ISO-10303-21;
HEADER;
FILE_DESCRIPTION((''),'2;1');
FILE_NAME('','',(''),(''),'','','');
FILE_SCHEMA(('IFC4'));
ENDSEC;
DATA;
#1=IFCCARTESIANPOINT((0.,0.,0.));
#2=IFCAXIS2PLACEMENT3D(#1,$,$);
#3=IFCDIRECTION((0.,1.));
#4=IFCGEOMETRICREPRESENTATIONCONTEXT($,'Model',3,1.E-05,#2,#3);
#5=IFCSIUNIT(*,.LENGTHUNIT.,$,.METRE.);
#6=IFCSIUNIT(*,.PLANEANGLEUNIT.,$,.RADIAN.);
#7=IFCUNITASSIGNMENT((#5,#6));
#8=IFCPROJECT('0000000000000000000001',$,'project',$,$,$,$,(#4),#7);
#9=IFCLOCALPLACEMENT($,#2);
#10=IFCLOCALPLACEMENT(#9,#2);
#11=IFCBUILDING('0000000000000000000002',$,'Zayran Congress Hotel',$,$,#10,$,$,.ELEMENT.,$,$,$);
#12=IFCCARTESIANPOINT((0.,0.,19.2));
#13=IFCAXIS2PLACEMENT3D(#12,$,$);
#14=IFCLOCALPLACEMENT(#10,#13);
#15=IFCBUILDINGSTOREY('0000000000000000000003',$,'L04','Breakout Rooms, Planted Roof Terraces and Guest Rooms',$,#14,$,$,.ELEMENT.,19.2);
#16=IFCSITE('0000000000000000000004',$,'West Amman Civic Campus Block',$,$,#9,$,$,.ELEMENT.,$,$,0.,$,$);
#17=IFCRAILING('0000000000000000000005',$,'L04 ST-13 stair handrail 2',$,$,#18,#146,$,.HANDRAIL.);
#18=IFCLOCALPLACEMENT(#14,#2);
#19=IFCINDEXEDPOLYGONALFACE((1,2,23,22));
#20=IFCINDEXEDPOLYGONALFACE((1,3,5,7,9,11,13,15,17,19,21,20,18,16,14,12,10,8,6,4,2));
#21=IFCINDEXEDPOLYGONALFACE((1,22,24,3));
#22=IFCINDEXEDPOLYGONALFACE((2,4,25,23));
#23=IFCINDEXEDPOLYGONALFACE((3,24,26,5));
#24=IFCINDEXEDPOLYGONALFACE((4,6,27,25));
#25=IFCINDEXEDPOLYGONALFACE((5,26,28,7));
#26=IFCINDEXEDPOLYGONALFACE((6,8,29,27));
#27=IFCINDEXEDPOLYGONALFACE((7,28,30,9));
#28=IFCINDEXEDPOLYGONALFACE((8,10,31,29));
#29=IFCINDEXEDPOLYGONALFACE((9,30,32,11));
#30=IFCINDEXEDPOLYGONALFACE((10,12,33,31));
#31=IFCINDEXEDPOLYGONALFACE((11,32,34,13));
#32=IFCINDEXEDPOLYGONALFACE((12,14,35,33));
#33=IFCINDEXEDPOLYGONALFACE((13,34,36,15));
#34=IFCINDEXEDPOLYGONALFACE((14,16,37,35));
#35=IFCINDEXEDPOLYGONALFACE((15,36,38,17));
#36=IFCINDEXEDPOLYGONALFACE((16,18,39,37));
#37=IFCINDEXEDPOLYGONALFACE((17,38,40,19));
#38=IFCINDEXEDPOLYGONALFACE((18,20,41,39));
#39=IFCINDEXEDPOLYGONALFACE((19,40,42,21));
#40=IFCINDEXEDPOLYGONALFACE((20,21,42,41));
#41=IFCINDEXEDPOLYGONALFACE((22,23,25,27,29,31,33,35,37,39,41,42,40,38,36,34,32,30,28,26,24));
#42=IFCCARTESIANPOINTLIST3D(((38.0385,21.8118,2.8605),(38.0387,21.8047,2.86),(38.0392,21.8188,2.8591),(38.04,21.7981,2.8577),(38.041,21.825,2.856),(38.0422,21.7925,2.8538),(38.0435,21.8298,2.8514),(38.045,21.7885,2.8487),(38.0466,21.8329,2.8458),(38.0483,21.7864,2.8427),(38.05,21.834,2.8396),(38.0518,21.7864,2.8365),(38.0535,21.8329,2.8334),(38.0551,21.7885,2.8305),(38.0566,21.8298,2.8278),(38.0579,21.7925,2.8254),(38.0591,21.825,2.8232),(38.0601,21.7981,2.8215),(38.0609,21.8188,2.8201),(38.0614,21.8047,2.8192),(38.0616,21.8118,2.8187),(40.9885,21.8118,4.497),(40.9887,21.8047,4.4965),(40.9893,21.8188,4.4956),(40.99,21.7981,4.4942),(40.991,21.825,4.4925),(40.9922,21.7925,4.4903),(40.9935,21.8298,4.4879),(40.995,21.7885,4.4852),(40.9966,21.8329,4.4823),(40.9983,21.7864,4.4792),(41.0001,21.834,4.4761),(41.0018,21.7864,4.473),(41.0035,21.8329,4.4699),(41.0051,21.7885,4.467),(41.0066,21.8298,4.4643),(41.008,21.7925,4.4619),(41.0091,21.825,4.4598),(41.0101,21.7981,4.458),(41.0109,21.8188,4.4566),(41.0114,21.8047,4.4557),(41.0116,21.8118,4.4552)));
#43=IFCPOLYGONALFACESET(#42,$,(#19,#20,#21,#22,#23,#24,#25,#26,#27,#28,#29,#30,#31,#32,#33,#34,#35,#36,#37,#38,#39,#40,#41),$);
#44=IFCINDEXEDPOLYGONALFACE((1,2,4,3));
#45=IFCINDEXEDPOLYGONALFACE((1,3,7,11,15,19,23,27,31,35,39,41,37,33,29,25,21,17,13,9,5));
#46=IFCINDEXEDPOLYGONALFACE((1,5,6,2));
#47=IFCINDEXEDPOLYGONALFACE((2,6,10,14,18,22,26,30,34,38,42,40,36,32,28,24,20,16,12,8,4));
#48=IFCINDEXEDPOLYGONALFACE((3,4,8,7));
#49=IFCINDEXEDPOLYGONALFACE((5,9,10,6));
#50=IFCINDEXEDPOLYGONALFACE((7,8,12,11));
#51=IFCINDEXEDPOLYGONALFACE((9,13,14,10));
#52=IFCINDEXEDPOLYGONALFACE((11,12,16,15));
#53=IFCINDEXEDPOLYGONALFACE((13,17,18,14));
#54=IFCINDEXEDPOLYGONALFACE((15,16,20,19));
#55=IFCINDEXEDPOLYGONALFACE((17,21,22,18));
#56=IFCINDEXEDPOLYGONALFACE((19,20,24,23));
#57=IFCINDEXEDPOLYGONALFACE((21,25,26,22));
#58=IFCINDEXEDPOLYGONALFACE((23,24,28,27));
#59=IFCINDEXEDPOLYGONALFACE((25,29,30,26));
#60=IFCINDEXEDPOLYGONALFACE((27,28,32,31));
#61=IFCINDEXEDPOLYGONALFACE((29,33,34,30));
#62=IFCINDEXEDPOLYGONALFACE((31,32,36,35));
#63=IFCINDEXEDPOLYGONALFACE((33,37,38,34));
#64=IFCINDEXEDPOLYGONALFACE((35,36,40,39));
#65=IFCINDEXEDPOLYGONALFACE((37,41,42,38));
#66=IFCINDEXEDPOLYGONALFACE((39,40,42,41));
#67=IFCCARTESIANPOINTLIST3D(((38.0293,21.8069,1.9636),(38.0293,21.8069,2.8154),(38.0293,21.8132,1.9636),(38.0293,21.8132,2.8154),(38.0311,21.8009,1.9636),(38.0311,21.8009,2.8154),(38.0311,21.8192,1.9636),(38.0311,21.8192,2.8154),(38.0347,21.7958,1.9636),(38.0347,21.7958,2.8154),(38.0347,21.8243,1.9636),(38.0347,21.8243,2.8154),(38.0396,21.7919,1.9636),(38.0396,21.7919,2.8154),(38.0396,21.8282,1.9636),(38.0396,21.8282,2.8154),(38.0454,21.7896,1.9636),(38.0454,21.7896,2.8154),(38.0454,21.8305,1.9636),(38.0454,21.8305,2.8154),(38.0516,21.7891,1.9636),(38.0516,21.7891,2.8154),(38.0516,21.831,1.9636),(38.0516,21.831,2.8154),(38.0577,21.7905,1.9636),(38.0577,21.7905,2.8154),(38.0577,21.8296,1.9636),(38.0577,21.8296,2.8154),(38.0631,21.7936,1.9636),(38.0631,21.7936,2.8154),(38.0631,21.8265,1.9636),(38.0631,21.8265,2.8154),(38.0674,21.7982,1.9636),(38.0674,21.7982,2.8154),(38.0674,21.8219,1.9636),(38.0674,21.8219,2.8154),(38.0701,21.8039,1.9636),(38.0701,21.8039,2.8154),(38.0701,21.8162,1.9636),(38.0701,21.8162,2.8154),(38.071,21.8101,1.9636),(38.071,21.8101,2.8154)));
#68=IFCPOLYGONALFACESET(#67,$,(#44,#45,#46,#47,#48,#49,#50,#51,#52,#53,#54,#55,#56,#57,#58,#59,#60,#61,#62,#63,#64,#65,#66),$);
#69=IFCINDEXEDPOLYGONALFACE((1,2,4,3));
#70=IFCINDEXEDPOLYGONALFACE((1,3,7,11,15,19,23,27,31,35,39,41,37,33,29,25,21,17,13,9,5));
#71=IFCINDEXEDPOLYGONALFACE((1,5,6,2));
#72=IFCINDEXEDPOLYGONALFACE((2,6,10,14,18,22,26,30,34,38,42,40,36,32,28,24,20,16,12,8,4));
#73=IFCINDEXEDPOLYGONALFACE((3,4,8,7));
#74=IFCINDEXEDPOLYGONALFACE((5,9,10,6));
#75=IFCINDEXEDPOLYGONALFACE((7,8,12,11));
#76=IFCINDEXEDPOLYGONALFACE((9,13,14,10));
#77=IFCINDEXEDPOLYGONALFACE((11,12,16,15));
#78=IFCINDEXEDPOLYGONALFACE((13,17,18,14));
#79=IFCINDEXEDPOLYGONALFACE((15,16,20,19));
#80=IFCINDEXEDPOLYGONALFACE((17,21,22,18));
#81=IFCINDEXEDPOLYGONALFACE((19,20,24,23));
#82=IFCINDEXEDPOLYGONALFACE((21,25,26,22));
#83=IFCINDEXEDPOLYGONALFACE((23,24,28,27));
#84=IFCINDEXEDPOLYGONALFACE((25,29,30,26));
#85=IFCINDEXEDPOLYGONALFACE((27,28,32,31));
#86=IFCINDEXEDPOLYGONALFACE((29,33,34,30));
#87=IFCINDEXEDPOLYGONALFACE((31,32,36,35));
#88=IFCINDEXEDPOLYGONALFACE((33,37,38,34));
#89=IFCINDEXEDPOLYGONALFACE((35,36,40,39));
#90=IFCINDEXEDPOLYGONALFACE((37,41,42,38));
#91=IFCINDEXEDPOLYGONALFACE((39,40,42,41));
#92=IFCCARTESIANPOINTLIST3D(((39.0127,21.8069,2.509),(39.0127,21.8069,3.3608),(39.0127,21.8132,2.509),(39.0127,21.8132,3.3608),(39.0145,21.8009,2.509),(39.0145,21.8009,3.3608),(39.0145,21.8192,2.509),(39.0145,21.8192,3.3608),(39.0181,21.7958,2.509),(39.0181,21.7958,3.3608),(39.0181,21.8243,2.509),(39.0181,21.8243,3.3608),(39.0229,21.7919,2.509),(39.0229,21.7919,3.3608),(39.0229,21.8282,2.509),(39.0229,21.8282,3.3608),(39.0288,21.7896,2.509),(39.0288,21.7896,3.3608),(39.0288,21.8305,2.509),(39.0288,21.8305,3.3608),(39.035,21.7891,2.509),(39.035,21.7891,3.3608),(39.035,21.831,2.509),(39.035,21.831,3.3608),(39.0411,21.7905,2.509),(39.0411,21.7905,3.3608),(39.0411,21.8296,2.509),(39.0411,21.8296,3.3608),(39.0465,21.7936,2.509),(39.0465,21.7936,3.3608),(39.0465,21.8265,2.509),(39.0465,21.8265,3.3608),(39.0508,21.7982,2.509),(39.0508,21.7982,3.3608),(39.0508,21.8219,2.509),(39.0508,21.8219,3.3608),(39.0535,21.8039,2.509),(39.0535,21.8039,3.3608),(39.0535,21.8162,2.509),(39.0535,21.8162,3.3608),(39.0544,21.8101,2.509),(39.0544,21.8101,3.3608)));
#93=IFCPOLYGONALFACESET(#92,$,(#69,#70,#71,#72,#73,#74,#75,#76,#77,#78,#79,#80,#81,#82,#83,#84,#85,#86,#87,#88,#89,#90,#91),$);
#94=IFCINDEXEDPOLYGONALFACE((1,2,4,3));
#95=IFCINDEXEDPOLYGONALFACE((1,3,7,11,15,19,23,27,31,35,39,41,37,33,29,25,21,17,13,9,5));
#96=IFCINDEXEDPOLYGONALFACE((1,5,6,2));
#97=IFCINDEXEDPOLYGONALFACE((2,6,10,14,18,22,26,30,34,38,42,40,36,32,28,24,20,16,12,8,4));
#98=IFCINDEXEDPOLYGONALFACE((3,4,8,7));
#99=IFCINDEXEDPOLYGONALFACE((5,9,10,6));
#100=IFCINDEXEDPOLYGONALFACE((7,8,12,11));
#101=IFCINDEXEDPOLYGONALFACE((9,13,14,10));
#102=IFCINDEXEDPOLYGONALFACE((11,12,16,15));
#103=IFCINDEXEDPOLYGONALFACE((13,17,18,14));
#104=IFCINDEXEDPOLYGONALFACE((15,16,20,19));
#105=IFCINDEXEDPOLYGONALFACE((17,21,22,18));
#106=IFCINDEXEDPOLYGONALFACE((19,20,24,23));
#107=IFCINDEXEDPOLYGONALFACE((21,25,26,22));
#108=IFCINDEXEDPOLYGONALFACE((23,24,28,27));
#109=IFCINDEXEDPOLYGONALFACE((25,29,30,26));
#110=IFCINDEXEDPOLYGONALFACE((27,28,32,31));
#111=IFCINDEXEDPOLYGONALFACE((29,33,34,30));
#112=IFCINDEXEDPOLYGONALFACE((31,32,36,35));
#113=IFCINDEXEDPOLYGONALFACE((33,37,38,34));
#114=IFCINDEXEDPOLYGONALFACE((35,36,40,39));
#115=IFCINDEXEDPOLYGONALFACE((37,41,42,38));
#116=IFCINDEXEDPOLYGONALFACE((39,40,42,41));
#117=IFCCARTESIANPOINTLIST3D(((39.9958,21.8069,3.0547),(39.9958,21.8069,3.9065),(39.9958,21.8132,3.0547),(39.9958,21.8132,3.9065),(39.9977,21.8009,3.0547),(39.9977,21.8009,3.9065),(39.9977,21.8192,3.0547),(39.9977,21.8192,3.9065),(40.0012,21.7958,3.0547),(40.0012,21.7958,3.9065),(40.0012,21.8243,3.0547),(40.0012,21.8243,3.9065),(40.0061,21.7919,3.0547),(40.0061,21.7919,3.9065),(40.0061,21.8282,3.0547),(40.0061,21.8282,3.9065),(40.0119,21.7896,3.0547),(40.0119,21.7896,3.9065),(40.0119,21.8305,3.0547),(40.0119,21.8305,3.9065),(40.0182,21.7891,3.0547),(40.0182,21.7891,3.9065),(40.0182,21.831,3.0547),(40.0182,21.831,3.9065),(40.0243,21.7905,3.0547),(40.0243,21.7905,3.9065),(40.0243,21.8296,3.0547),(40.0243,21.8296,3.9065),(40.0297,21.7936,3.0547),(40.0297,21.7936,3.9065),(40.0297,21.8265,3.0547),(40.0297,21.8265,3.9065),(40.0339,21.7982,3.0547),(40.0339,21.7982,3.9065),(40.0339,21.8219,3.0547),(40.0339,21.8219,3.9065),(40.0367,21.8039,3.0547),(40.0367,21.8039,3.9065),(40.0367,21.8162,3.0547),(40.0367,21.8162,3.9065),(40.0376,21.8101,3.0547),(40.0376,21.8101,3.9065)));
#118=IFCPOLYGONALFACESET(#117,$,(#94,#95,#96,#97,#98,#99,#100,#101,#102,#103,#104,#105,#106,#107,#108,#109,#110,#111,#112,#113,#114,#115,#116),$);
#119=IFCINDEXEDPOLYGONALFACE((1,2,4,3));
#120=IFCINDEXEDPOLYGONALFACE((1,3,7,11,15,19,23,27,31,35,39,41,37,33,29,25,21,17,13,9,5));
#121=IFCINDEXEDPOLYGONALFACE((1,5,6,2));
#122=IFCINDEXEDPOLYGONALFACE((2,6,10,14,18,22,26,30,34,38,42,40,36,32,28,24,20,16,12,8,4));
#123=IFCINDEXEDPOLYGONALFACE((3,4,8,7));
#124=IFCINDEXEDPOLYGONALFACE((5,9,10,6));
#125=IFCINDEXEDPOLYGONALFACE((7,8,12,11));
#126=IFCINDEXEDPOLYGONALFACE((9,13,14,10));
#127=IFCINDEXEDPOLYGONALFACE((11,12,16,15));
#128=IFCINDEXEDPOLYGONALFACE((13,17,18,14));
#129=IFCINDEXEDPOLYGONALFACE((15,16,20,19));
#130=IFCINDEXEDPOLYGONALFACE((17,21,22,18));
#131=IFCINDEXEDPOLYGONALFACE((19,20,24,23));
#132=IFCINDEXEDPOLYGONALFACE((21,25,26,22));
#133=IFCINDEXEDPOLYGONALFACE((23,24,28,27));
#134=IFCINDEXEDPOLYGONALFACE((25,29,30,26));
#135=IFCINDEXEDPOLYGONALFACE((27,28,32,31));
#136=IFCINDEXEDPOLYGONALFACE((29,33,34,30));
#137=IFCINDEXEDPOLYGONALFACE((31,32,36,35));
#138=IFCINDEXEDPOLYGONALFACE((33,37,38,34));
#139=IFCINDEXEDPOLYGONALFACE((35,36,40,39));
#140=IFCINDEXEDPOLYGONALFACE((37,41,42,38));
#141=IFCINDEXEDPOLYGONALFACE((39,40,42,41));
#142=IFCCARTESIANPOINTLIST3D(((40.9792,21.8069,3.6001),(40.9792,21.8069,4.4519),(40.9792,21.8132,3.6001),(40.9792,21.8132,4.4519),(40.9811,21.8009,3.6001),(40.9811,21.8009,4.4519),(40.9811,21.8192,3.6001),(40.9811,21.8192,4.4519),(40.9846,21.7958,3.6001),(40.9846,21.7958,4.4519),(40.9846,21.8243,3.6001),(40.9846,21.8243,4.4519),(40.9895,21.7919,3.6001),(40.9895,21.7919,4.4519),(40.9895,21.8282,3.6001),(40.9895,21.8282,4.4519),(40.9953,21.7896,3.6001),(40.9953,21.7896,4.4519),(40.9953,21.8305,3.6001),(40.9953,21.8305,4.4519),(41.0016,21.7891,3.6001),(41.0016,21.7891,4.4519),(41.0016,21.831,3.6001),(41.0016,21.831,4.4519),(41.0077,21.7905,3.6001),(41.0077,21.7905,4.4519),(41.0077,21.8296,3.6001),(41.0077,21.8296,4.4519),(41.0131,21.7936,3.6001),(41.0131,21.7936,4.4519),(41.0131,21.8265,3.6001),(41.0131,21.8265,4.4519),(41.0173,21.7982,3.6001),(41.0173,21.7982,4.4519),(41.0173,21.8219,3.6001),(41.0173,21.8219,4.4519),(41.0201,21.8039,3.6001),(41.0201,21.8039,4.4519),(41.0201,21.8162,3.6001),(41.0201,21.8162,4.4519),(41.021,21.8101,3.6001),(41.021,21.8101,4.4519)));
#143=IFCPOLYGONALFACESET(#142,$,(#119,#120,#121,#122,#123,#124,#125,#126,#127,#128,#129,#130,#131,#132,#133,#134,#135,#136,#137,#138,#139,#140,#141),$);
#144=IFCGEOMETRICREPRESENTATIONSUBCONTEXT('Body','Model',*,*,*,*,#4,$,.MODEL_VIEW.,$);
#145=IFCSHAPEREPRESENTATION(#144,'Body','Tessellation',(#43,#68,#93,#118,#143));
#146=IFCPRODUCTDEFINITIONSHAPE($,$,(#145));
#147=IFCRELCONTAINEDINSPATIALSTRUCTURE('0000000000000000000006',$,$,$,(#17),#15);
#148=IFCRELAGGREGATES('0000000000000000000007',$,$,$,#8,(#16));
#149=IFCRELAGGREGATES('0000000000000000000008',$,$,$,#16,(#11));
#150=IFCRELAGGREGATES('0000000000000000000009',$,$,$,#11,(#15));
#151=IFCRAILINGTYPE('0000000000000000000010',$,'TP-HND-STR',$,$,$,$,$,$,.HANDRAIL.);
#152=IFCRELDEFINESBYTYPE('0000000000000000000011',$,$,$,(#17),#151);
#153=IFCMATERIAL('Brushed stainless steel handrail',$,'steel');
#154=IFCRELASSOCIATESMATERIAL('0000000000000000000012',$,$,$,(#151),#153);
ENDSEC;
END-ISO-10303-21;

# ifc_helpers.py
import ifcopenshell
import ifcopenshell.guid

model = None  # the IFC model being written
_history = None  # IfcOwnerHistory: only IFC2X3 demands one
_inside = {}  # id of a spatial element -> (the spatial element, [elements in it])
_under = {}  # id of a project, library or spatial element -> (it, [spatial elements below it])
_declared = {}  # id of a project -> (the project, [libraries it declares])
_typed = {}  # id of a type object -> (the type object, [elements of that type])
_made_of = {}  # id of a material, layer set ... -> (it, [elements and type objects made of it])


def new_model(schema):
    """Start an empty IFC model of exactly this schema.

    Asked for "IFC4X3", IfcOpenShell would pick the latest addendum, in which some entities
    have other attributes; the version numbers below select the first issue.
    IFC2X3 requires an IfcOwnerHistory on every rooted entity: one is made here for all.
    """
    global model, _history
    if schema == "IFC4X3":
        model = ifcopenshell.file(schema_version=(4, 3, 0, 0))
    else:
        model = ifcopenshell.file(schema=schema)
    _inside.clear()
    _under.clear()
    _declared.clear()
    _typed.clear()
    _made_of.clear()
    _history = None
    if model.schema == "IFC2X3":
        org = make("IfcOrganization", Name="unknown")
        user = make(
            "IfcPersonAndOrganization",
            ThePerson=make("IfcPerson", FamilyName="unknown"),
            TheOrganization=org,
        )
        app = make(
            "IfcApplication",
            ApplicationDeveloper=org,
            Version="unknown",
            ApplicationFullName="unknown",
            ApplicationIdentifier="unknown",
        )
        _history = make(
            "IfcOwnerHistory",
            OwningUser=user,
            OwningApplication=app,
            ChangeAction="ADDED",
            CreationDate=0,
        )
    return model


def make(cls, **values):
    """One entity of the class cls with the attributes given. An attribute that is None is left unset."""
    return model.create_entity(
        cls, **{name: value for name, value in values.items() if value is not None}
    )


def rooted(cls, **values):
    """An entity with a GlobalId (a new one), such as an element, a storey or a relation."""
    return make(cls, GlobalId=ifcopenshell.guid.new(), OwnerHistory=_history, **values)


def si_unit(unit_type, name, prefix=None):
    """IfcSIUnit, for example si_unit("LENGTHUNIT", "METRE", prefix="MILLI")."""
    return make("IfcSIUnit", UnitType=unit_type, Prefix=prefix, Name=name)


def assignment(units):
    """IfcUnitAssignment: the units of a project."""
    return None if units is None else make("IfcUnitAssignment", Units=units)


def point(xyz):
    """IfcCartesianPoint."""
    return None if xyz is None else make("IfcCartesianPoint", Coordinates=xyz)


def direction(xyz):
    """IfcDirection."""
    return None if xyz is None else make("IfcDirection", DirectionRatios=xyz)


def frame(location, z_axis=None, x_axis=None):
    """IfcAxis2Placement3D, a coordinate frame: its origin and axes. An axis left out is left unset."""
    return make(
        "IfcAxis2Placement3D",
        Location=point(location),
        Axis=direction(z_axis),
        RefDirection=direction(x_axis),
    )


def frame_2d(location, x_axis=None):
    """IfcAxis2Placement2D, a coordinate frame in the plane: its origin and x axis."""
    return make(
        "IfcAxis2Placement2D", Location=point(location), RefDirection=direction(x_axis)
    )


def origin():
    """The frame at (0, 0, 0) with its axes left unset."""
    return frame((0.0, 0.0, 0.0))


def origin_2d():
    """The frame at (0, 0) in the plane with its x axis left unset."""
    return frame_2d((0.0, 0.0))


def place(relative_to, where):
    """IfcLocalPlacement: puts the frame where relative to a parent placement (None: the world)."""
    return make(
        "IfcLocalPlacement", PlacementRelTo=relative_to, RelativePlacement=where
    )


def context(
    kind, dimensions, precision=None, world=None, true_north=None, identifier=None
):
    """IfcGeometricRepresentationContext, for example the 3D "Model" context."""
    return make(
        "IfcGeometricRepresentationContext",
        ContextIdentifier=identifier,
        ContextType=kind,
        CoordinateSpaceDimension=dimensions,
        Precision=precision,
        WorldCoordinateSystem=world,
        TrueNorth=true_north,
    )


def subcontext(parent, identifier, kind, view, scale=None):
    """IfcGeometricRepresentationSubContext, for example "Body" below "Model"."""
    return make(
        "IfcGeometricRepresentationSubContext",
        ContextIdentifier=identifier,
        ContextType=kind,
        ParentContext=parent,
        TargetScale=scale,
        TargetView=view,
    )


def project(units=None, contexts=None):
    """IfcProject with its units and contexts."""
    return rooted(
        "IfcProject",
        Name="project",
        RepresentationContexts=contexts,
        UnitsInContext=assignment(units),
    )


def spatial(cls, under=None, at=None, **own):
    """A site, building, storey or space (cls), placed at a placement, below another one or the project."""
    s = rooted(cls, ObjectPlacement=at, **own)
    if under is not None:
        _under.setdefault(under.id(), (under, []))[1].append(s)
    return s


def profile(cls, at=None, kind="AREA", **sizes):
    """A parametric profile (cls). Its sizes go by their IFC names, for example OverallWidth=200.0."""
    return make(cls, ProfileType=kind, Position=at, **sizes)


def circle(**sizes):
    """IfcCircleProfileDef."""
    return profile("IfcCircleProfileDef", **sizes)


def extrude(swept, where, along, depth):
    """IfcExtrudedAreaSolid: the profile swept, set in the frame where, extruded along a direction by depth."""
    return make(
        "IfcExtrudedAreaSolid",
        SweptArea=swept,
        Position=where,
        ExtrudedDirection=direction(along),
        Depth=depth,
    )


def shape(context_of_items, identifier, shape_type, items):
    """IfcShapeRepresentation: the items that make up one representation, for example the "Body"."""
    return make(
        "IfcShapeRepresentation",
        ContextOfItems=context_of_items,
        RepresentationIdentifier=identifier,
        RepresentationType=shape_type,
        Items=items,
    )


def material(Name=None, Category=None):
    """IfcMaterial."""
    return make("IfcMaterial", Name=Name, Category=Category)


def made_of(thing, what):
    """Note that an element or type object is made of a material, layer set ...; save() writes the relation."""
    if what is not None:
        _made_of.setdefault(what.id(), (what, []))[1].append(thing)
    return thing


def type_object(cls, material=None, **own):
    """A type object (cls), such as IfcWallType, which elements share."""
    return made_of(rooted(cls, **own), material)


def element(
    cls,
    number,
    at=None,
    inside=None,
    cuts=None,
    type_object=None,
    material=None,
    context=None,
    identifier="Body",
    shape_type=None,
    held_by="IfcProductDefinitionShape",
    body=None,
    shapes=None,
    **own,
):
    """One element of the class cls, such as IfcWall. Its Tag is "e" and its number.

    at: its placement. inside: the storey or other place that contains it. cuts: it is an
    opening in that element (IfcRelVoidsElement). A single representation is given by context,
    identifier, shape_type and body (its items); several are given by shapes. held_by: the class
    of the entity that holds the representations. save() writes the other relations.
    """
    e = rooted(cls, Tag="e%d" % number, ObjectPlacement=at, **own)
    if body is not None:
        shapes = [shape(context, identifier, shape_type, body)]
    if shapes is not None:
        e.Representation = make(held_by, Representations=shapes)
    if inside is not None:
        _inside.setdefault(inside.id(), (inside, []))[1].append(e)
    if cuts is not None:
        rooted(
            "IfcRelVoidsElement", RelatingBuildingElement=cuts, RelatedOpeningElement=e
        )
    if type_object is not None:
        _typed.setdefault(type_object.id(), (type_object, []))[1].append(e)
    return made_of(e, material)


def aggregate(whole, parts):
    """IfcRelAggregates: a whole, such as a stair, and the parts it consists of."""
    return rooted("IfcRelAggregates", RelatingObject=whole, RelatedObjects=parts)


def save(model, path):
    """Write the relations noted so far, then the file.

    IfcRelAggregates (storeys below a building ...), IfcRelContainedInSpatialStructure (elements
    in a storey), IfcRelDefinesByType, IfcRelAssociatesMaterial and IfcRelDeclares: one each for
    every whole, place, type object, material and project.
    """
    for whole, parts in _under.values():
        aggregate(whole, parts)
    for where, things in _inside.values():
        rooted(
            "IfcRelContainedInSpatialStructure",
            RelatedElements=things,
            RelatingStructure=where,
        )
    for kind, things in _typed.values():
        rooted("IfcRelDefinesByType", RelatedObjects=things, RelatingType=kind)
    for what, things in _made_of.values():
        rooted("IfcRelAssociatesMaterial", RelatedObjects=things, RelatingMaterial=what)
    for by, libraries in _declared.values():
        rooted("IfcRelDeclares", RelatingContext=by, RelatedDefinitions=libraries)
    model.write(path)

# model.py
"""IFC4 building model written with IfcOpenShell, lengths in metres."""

from ifc_helpers import new_model, si_unit, direction, frame, origin, origin_2d, place, context, subcontext, project, spatial, circle, extrude, material, type_object, element, save


model = new_model("IFC4")

# Units and contexts
model_context = context("Model", 3, precision=1e-05, world=origin(), true_north=direction((0.0, 1.0)))
body_context = subcontext(model_context, "Body", "Model", "MODEL_VIEW")
ifc_project = project(units=[si_unit("LENGTHUNIT", "METRE"), si_unit("PLANEANGLEUNIT", "RADIAN")], contexts=[model_context])

# Site, building, storey
site_placement = place(None, origin())
site = spatial("IfcSite", under=ifc_project, at=site_placement, Name="West Amman Civic Campus Block", CompositionType="ELEMENT", RefElevation=0.0)
building_placement = place(site_placement, origin())
building = spatial("IfcBuilding", under=site, at=building_placement, Name="Zayran Congress Hotel", CompositionType="ELEMENT")
storey_placement = place(building_placement, frame((0.0, 0.0, 19.2)))
storey = spatial("IfcBuildingStorey", under=building, at=storey_placement, Name="L04", Description="Breakout Rooms, Planted Roof Terraces and Guest Rooms", CompositionType="ELEMENT", Elevation=19.2)

# Railing
ifc_material_1 = material(Name="Brushed stainless steel handrail", Category="steel")
railing_type_1 = type_object("IfcRailingType", Name="TP-HND-STR", PredefinedType="HANDRAIL", material=ifc_material_1)
railing_1_placement = place(storey_placement, frame((38.05, 21.8101, 1.9636)))
element("IfcRailing", 1, at=railing_1_placement, inside=storey, type_object=railing_type_1, Name="L04 ST-13 stair handrail 2", PredefinedType="HANDRAIL", context=body_context, shape_type="SweptSolid", body=[
    extrude(circle(Radius=0.0239, at=origin_2d()), frame((0.0, 0.0, 0.876), z_axis=(0.874458, 0.0, 0.485102), x_axis=(0.0, 1.0, 0.0)), (0.0, 0.0, 1.0), 3.3735),
    extrude(circle(Radius=0.021, at=origin_2d()), origin(), (0.0, 0.0, 1.0), 0.8518),
    extrude(circle(Radius=0.021, at=origin_2d()), frame((0.9834, 0.0, 0.5454)), (0.0, 0.0, 1.0), 0.8518),
    extrude(circle(Radius=0.021, at=origin_2d()), frame((1.9666, 0.0, 1.0911)), (0.0, 0.0, 1.0), 0.8518),
    extrude(circle(Radius=0.021, at=origin_2d()), frame((2.95, 0.0, 1.6365)), (0.0, 0.0, 1.0), 0.8518),
])

save(model, "model.ifc")
